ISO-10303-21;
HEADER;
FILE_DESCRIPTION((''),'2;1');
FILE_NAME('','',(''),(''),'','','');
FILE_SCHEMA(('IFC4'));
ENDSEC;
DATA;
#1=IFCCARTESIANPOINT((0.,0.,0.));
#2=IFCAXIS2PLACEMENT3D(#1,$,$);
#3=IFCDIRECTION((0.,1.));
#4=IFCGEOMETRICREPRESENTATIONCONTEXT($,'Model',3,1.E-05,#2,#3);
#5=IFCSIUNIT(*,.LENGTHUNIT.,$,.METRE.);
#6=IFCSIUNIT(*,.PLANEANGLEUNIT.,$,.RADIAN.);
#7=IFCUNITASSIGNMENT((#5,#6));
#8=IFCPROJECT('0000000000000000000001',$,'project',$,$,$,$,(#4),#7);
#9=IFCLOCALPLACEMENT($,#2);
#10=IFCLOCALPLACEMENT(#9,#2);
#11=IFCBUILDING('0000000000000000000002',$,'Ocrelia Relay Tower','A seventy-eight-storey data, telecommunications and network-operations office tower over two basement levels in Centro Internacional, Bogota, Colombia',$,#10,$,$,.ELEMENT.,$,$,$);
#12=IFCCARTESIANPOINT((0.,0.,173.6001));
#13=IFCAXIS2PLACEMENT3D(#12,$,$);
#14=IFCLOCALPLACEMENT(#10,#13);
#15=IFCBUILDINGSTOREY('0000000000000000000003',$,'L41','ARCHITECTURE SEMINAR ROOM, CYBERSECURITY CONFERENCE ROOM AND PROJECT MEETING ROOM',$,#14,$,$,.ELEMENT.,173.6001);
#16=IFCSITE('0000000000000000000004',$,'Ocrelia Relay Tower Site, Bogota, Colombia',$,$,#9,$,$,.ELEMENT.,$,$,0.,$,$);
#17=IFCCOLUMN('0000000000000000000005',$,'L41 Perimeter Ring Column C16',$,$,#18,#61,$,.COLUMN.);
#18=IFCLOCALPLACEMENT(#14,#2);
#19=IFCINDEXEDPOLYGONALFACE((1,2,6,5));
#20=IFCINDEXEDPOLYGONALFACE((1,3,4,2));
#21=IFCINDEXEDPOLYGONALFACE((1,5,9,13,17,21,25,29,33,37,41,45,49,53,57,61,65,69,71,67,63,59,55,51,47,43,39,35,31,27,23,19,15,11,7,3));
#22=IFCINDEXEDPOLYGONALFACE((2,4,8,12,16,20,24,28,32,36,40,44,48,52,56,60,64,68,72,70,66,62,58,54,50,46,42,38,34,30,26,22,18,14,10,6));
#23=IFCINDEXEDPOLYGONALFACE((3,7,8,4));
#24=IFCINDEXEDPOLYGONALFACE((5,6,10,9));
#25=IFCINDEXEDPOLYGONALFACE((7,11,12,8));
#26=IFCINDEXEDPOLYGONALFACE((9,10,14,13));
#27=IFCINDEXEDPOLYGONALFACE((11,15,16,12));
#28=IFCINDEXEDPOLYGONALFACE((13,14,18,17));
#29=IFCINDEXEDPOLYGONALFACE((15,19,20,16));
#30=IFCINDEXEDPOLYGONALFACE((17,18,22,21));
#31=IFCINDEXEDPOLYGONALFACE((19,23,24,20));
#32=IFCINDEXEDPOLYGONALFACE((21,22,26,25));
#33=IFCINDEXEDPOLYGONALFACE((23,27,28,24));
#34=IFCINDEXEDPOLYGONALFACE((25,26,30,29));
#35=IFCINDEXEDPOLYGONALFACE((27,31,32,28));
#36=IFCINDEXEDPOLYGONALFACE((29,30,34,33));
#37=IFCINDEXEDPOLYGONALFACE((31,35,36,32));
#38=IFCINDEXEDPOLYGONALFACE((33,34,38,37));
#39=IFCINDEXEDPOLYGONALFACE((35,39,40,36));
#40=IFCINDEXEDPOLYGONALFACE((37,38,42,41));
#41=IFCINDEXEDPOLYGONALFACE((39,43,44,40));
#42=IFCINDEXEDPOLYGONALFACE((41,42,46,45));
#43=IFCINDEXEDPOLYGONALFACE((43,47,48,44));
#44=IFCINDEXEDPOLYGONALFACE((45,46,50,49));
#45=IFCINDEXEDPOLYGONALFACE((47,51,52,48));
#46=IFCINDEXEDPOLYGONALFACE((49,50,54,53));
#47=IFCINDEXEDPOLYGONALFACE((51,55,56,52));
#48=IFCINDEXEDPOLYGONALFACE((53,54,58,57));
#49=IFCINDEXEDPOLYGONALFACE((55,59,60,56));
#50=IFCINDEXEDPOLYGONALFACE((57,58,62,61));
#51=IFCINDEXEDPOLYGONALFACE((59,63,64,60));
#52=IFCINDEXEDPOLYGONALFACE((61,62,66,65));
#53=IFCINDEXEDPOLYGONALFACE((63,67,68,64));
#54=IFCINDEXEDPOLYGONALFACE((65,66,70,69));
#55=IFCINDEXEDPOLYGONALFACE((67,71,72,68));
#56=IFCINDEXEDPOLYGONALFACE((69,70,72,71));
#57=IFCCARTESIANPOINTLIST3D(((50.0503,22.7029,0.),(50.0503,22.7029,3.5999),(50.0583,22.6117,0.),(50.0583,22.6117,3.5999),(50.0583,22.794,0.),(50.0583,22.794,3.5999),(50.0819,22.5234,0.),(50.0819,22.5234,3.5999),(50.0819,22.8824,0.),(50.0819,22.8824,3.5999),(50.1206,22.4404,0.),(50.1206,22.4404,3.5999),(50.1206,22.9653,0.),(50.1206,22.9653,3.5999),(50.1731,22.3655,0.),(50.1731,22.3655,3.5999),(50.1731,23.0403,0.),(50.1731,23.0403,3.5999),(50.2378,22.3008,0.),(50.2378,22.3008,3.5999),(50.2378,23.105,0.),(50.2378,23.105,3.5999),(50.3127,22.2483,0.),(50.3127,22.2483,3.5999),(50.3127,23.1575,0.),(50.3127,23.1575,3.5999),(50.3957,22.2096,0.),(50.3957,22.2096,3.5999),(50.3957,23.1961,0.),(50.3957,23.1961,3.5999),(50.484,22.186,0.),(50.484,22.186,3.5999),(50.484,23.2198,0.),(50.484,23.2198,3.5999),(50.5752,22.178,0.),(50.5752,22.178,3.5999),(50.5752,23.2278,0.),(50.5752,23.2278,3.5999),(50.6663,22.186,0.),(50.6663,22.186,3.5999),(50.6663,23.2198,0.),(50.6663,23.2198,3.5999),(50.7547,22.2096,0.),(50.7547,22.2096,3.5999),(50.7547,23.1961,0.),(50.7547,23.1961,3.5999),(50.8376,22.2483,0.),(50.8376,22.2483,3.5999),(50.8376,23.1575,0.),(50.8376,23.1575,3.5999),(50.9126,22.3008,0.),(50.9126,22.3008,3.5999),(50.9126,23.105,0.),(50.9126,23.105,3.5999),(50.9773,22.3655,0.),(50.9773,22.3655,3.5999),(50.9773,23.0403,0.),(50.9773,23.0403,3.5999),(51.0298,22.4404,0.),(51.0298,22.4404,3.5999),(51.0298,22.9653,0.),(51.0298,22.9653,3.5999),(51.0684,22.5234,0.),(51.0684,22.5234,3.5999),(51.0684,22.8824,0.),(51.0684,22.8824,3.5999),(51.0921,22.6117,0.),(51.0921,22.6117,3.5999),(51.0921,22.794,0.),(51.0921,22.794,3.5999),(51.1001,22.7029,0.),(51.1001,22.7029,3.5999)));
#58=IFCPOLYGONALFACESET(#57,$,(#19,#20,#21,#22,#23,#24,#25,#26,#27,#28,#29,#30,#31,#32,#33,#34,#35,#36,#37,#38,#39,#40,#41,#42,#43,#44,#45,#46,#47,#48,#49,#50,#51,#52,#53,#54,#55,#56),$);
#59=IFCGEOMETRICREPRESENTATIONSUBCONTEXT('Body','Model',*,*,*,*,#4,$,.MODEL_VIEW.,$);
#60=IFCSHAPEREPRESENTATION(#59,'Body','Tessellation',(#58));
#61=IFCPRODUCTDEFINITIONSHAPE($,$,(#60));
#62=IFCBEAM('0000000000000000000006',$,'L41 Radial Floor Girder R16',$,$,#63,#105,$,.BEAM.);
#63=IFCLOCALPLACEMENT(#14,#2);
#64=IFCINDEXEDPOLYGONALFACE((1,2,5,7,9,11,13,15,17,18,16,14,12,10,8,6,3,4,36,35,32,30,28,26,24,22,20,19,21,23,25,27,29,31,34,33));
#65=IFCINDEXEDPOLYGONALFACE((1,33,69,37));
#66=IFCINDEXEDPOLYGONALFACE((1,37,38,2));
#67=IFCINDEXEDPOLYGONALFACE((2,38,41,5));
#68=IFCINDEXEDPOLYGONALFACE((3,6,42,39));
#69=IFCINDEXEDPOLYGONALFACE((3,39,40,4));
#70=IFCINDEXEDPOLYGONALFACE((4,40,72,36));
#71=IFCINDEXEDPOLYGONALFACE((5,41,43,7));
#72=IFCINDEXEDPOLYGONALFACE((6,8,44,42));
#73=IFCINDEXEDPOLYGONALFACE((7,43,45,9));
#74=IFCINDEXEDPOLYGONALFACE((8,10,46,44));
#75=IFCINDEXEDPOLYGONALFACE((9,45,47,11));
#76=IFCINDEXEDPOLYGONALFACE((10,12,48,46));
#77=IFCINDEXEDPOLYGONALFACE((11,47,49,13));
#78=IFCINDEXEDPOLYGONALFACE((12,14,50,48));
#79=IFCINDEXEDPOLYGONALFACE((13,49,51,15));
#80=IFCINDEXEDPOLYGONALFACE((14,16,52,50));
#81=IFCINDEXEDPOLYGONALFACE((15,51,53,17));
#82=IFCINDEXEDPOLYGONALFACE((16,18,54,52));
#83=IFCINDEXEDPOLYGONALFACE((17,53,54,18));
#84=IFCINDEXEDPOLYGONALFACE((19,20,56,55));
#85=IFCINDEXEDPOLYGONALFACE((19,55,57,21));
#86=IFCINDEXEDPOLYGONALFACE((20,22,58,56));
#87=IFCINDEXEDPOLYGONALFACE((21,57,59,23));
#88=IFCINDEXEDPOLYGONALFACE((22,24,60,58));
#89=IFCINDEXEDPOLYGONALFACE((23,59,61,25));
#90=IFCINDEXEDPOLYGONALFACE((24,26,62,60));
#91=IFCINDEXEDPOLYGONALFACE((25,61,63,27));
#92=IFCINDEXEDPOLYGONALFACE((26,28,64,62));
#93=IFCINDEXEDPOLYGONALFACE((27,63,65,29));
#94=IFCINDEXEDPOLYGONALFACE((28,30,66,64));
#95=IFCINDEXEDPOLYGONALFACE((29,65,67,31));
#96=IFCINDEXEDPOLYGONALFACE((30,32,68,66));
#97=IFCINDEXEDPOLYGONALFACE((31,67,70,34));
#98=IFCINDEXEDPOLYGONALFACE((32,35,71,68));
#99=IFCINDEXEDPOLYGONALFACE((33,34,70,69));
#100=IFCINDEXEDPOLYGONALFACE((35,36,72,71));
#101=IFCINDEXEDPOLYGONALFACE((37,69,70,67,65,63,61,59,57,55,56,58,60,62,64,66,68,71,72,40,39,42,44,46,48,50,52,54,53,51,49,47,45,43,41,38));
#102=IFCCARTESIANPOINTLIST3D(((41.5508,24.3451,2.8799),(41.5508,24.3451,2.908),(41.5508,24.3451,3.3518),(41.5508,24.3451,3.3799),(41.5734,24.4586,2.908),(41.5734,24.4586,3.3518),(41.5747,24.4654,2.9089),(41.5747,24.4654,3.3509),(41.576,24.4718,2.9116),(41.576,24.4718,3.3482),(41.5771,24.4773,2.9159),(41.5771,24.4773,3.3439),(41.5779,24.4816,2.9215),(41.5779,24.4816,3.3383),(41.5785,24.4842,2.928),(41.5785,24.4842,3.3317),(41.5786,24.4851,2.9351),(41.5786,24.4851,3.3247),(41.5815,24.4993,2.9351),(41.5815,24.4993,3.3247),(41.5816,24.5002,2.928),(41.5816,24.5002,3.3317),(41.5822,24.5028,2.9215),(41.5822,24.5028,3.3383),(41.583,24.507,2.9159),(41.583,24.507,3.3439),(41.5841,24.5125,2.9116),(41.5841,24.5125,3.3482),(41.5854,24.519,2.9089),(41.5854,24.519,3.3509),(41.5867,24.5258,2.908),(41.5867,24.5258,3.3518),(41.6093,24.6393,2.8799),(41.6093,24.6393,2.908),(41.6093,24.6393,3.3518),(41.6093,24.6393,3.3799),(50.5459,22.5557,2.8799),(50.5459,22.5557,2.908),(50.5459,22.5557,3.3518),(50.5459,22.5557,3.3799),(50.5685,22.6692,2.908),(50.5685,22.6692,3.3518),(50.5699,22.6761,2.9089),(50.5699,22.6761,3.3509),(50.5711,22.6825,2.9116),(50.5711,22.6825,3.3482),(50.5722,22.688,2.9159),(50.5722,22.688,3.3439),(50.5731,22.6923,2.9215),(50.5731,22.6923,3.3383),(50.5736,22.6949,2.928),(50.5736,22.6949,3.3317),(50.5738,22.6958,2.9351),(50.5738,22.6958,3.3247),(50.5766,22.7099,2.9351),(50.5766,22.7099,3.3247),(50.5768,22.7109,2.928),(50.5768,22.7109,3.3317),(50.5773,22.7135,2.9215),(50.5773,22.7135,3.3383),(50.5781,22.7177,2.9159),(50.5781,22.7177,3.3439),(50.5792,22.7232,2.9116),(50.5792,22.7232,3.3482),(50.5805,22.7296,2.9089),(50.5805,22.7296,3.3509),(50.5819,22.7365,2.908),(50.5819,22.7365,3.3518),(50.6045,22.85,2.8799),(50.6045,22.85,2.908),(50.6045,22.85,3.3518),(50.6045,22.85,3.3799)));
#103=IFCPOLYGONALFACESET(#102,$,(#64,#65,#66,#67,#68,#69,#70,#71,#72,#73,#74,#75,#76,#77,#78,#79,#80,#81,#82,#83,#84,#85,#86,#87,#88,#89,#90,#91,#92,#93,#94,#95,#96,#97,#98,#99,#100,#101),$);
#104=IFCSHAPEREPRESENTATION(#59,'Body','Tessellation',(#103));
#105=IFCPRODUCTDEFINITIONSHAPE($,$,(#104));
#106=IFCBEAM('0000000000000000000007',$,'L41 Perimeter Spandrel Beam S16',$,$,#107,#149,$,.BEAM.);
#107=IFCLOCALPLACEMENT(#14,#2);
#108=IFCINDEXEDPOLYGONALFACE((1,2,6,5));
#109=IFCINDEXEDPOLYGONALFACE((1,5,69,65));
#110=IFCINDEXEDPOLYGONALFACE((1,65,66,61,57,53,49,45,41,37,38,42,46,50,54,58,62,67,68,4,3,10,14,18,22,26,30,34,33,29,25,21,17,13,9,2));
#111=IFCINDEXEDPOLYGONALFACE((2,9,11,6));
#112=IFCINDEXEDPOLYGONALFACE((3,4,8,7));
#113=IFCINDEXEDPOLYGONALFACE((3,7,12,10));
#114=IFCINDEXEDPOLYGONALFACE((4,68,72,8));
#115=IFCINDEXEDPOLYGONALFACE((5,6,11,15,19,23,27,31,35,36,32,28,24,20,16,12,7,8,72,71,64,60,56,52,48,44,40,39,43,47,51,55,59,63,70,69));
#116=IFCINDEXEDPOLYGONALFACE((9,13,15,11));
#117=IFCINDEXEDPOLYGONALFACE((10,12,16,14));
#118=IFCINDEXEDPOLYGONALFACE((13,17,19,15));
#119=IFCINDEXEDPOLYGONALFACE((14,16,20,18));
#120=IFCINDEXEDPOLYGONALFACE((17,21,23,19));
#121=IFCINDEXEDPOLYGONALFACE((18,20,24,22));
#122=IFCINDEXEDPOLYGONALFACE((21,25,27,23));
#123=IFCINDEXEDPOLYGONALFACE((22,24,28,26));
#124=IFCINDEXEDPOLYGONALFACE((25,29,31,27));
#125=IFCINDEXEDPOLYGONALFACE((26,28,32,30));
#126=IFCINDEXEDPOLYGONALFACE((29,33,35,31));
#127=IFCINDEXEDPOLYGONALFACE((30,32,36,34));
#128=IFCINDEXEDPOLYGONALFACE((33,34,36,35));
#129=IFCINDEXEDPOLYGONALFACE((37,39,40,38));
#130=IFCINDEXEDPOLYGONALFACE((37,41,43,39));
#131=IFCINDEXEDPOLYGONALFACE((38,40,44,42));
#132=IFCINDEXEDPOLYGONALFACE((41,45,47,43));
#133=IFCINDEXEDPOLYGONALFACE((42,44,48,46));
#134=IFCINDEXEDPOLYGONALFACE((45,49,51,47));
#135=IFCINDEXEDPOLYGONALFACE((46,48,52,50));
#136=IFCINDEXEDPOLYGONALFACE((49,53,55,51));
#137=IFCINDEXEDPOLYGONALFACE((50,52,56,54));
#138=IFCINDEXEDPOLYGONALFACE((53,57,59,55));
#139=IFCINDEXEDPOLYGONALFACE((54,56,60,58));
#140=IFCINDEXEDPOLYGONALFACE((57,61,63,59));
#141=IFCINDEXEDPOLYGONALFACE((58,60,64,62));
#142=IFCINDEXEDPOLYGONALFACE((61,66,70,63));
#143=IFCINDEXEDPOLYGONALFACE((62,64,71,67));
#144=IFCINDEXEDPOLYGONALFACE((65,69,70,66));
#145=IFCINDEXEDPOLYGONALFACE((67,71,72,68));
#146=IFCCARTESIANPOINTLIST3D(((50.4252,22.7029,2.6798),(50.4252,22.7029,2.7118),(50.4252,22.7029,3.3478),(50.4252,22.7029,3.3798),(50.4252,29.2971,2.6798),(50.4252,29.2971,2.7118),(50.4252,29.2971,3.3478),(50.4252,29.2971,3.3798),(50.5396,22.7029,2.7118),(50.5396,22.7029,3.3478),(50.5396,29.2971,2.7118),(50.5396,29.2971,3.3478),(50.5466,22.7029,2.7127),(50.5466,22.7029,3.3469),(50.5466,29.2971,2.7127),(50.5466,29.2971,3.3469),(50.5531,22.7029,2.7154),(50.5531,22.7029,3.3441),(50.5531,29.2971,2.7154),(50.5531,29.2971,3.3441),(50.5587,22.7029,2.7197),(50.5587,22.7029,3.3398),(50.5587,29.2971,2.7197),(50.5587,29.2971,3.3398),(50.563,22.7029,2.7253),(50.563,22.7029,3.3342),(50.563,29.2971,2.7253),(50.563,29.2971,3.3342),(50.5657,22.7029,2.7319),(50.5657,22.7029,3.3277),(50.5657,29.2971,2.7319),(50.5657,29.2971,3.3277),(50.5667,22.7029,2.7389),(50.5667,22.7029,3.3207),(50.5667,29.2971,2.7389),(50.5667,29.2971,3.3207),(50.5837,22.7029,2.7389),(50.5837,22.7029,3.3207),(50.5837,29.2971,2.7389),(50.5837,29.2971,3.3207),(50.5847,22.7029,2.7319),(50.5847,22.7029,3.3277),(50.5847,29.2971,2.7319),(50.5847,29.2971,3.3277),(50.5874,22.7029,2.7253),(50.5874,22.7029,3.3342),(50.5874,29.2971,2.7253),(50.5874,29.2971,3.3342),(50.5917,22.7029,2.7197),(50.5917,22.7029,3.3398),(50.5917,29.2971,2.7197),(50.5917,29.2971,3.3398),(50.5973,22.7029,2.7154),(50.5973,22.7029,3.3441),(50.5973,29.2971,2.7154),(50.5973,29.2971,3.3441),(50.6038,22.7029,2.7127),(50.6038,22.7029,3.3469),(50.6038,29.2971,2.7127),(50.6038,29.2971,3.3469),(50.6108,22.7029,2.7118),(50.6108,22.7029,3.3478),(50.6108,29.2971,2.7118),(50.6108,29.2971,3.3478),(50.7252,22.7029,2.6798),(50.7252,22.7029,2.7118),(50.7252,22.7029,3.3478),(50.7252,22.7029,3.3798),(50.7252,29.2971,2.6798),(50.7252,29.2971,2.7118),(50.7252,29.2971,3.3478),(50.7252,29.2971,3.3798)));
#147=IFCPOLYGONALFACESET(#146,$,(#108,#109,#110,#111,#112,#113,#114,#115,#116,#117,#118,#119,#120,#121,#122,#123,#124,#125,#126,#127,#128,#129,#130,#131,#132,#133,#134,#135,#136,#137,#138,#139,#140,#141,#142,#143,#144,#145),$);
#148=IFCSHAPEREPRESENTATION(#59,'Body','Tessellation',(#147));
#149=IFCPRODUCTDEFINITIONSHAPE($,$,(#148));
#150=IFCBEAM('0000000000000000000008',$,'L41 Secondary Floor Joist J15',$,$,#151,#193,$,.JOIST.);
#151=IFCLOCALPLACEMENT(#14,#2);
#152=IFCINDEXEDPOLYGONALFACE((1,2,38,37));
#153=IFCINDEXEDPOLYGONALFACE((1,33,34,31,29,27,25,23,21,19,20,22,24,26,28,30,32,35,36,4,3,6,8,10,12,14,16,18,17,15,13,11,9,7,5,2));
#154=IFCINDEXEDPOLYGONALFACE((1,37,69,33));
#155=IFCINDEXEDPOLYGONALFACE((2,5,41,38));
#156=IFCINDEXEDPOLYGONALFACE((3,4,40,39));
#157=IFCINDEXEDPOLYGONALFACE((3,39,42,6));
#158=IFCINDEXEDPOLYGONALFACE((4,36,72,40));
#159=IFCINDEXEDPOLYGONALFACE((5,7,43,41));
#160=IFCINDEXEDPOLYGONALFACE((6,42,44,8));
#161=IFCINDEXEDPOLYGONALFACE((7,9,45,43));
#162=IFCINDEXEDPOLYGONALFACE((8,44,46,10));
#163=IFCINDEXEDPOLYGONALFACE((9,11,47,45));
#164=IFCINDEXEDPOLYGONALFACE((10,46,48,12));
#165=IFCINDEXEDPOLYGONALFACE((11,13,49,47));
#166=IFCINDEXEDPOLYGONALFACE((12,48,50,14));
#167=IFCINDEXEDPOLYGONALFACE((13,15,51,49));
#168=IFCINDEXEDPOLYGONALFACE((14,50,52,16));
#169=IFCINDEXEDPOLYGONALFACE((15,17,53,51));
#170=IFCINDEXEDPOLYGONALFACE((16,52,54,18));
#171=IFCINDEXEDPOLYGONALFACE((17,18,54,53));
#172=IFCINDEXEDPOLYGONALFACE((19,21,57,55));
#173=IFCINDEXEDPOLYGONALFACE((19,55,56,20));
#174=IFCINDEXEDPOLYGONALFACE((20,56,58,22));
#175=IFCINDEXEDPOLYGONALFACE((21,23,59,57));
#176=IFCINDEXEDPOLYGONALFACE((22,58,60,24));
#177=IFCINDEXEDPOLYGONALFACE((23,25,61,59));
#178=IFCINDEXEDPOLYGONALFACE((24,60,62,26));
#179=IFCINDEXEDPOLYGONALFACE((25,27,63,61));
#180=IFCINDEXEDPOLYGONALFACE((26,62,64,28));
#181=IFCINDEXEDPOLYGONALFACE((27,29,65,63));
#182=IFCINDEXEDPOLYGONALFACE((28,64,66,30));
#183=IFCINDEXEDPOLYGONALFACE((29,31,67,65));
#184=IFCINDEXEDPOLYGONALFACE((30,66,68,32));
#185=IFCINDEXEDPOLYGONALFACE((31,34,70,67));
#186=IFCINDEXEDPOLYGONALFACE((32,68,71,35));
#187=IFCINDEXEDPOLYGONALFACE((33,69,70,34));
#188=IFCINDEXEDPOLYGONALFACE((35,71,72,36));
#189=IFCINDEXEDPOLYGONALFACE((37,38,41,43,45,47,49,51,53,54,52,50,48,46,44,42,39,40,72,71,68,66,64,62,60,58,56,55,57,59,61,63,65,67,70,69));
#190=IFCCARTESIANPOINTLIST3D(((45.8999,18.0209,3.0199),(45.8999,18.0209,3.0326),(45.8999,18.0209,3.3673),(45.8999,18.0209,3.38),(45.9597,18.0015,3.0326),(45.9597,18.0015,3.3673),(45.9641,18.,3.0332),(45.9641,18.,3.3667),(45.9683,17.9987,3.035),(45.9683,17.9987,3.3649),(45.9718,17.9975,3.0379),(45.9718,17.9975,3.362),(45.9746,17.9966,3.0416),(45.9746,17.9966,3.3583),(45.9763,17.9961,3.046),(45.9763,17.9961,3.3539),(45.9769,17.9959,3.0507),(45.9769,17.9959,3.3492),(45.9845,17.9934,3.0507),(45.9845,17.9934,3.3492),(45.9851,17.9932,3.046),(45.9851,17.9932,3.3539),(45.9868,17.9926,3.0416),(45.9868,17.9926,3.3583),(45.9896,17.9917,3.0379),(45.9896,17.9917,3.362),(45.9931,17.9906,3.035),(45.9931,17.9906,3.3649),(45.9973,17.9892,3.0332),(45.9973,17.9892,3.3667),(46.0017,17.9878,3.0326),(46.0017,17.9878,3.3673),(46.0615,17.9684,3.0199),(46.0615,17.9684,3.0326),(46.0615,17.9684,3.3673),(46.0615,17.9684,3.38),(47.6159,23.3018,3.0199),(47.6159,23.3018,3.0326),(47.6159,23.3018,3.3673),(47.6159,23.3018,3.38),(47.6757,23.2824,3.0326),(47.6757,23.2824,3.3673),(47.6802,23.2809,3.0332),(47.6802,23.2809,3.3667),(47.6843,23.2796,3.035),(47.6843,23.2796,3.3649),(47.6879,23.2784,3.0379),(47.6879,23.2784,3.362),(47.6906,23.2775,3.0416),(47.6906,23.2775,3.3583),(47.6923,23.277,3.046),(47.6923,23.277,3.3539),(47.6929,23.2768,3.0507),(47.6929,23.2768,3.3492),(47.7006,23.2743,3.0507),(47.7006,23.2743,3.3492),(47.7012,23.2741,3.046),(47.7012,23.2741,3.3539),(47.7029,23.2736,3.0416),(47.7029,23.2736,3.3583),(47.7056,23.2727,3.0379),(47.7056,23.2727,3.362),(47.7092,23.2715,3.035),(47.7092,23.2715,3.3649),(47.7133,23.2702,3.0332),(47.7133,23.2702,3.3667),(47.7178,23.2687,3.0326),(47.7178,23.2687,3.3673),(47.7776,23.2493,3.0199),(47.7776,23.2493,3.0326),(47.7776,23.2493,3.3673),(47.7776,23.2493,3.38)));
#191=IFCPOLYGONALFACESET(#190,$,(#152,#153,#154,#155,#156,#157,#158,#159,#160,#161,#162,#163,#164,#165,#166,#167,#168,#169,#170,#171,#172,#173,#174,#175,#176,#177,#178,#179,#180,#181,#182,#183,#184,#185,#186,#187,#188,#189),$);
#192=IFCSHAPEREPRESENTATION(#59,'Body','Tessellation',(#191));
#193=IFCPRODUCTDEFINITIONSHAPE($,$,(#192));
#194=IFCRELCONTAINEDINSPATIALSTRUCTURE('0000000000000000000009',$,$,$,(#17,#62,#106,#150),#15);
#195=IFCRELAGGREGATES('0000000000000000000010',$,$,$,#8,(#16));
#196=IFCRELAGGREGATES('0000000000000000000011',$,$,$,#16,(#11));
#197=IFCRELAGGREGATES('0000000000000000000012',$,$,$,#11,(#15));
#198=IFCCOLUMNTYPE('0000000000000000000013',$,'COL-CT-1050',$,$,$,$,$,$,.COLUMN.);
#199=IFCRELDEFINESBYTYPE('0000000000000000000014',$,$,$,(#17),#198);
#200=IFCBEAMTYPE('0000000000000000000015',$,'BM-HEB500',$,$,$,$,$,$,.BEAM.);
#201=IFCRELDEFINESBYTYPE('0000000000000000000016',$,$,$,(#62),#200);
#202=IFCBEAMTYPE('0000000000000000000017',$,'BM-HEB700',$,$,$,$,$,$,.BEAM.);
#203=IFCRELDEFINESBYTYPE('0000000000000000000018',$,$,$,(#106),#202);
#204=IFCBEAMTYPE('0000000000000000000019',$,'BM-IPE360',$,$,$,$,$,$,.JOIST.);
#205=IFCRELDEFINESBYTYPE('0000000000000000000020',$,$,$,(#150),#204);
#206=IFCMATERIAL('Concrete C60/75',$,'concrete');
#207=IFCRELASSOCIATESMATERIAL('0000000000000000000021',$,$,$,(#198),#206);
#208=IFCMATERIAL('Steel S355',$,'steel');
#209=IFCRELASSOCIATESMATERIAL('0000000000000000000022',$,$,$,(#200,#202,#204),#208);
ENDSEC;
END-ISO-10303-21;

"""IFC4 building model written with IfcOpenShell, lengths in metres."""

from ifc_helpers import new_model, si_unit, direction, frame, origin, origin_2d, place, context, subcontext, project, spatial, circle, i_section, extrude, material, material_profile, profile_set, type_object, element, save


model = new_model("IFC4")

# Units and contexts
model_context = context("Model", 3, precision=1e-05, world=origin(), true_north=direction((0.0, 1.0)))
body_context = subcontext(model_context, "Body", "Model", "MODEL_VIEW")
ifc_project = project(units=[si_unit("LENGTHUNIT", "METRE"), si_unit("PLANEANGLEUNIT", "RADIAN")], contexts=[model_context])

# Site, building, storey
site_placement = place(None, origin())
site = spatial("IfcSite", under=ifc_project, at=site_placement, Name="Ocrelia Relay Tower Site, Bogota, Colombia", CompositionType="ELEMENT", RefElevation=0.0)
building_placement = place(site_placement, origin())
building = spatial("IfcBuilding", under=site, at=building_placement, Name="Ocrelia Relay Tower", Description="A seventy-eight-storey data, telecommunications and network-operations office tower over two basement levels in Centro Internacional, Bogota, Colombia", CompositionType="ELEMENT")
storey_placement = place(building_placement, frame((0.0, 0.0, 173.6001)))
storey = spatial("IfcBuildingStorey", under=building, at=storey_placement, Name="L41", Description="ARCHITECTURE SEMINAR ROOM, CYBERSECURITY CONFERENCE ROOM AND PROJECT MEETING ROOM", CompositionType="ELEMENT", Elevation=173.6001)

# Column
ifc_material_1 = material(Name="Concrete C60/75", Category="concrete")
ifc_material_profile_1 = material_profile(ifc_material_1, circle(Radius=0.5249, at=origin_2d()), Name="RC-CIR-1050")
ifc_profile_set_1 = profile_set([ifc_material_profile_1], Name="Concrete C60/75")
column_type = type_object("IfcColumnType", Name="COL-CT-1050", PredefinedType="COLUMN", material=ifc_profile_set_1)
column_placement = place(storey_placement, frame((50.5752, 22.7029, 0.0), z_axis=(0.0, 0.0, 1.0), x_axis=(1.0, 0.0, 0.0)))
element("IfcColumn", 1, at=column_placement, inside=storey, type_object=column_type, Name="L41 Perimeter Ring Column C16", PredefinedType="COLUMN", context=body_context, shape_type="SweptSolid", body=[
    extrude(circle(Radius=0.5249, at=origin_2d()), origin(), (0.0, 0.0, 1.0), 3.5999),
])

# Beams
ifc_material_2 = material(Name="Steel S355", Category="steel")
ifc_material_profile_2 = material_profile(ifc_material_2, i_section(OverallWidth=0.3, OverallDepth=0.5, WebThickness=0.0144, FlangeThickness=0.0281, FilletRadius=0.0271, at=origin_2d()), Name="HEB 500")
ifc_profile_set_2 = profile_set([ifc_material_profile_2], Name="Steel S355")
beam_type_1 = type_object("IfcBeamType", Name="BM-HEB500", PredefinedType="BEAM", material=ifc_profile_set_2)
beam_1_placement = place(storey_placement, frame((50.5752, 22.7029, 3.1299), z_axis=(-0.980784, 0.195097, 0.0), x_axis=(-0.195097, -0.980784, 0.0)))
element("IfcBeam", 2, at=beam_1_placement, inside=storey, type_object=beam_type_1, Name="L41 Radial Floor Girder R16", PredefinedType="BEAM", context=body_context, shape_type="SweptSolid", body=[
    extrude(i_section(OverallWidth=0.3, OverallDepth=0.5, WebThickness=0.0144, FlangeThickness=0.0281, FilletRadius=0.0271, at=origin_2d()), origin(), (0.0, 0.0, 1.0), 9.1714),
])
ifc_material_profile_3 = material_profile(ifc_material_2, i_section(OverallWidth=0.3, OverallDepth=0.7, WebThickness=0.0171, FlangeThickness=0.032, FilletRadius=0.0271, at=origin_2d()), Name="HEB 700")
ifc_profile_set_3 = profile_set([ifc_material_profile_3], Name="Steel S355")
beam_type_2 = type_object("IfcBeamType", Name="BM-HEB700", PredefinedType="BEAM", material=ifc_profile_set_3)
beam_2_placement = place(storey_placement, frame((50.5752, 22.7029, 3.0298), z_axis=(0.0, 1.0, 0.0), x_axis=(-1.0, 0.0, 0.0)))
element("IfcBeam", 3, at=beam_2_placement, inside=storey, type_object=beam_type_2, Name="L41 Perimeter Spandrel Beam S16", PredefinedType="BEAM", context=body_context, shape_type="SweptSolid", body=[
    extrude(i_section(OverallWidth=0.3, OverallDepth=0.7, WebThickness=0.0171, FlangeThickness=0.032, FilletRadius=0.0271, at=origin_2d()), origin(), (0.0, 0.0, 1.0), 6.5942),
])
ifc_material_profile_4 = material_profile(ifc_material_2, i_section(OverallWidth=0.1699, OverallDepth=0.3601, WebThickness=0.0081, FlangeThickness=0.0127, FilletRadius=0.0181, at=origin_2d()), Name="IPE 360")
ifc_profile_set_4 = profile_set([ifc_material_profile_4], Name="Steel S355")
beam_type_3 = type_object("IfcBeamType", Name="BM-IPE360", PredefinedType="JOIST", material=ifc_profile_set_4)
beam_3_placement = place(storey_placement, frame((45.9807, 17.9946, 3.2), z_axis=(0.309043, 0.951048, 0.0), x_axis=(-0.951048, 0.309043, 0.0)))
element("IfcBeam", 4, at=beam_3_placement, inside=storey, type_object=beam_type_3, Name="L41 Secondary Floor Joist J15", PredefinedType="JOIST", context=body_context, shape_type="SweptSolid", body=[
    extrude(i_section(OverallWidth=0.1699, OverallDepth=0.3601, WebThickness=0.0081, FlangeThickness=0.0127, FilletRadius=0.0181, at=origin_2d()), origin(), (0.0, 0.0, 1.0), 5.5527),
])

save(model, "model.ifc")
